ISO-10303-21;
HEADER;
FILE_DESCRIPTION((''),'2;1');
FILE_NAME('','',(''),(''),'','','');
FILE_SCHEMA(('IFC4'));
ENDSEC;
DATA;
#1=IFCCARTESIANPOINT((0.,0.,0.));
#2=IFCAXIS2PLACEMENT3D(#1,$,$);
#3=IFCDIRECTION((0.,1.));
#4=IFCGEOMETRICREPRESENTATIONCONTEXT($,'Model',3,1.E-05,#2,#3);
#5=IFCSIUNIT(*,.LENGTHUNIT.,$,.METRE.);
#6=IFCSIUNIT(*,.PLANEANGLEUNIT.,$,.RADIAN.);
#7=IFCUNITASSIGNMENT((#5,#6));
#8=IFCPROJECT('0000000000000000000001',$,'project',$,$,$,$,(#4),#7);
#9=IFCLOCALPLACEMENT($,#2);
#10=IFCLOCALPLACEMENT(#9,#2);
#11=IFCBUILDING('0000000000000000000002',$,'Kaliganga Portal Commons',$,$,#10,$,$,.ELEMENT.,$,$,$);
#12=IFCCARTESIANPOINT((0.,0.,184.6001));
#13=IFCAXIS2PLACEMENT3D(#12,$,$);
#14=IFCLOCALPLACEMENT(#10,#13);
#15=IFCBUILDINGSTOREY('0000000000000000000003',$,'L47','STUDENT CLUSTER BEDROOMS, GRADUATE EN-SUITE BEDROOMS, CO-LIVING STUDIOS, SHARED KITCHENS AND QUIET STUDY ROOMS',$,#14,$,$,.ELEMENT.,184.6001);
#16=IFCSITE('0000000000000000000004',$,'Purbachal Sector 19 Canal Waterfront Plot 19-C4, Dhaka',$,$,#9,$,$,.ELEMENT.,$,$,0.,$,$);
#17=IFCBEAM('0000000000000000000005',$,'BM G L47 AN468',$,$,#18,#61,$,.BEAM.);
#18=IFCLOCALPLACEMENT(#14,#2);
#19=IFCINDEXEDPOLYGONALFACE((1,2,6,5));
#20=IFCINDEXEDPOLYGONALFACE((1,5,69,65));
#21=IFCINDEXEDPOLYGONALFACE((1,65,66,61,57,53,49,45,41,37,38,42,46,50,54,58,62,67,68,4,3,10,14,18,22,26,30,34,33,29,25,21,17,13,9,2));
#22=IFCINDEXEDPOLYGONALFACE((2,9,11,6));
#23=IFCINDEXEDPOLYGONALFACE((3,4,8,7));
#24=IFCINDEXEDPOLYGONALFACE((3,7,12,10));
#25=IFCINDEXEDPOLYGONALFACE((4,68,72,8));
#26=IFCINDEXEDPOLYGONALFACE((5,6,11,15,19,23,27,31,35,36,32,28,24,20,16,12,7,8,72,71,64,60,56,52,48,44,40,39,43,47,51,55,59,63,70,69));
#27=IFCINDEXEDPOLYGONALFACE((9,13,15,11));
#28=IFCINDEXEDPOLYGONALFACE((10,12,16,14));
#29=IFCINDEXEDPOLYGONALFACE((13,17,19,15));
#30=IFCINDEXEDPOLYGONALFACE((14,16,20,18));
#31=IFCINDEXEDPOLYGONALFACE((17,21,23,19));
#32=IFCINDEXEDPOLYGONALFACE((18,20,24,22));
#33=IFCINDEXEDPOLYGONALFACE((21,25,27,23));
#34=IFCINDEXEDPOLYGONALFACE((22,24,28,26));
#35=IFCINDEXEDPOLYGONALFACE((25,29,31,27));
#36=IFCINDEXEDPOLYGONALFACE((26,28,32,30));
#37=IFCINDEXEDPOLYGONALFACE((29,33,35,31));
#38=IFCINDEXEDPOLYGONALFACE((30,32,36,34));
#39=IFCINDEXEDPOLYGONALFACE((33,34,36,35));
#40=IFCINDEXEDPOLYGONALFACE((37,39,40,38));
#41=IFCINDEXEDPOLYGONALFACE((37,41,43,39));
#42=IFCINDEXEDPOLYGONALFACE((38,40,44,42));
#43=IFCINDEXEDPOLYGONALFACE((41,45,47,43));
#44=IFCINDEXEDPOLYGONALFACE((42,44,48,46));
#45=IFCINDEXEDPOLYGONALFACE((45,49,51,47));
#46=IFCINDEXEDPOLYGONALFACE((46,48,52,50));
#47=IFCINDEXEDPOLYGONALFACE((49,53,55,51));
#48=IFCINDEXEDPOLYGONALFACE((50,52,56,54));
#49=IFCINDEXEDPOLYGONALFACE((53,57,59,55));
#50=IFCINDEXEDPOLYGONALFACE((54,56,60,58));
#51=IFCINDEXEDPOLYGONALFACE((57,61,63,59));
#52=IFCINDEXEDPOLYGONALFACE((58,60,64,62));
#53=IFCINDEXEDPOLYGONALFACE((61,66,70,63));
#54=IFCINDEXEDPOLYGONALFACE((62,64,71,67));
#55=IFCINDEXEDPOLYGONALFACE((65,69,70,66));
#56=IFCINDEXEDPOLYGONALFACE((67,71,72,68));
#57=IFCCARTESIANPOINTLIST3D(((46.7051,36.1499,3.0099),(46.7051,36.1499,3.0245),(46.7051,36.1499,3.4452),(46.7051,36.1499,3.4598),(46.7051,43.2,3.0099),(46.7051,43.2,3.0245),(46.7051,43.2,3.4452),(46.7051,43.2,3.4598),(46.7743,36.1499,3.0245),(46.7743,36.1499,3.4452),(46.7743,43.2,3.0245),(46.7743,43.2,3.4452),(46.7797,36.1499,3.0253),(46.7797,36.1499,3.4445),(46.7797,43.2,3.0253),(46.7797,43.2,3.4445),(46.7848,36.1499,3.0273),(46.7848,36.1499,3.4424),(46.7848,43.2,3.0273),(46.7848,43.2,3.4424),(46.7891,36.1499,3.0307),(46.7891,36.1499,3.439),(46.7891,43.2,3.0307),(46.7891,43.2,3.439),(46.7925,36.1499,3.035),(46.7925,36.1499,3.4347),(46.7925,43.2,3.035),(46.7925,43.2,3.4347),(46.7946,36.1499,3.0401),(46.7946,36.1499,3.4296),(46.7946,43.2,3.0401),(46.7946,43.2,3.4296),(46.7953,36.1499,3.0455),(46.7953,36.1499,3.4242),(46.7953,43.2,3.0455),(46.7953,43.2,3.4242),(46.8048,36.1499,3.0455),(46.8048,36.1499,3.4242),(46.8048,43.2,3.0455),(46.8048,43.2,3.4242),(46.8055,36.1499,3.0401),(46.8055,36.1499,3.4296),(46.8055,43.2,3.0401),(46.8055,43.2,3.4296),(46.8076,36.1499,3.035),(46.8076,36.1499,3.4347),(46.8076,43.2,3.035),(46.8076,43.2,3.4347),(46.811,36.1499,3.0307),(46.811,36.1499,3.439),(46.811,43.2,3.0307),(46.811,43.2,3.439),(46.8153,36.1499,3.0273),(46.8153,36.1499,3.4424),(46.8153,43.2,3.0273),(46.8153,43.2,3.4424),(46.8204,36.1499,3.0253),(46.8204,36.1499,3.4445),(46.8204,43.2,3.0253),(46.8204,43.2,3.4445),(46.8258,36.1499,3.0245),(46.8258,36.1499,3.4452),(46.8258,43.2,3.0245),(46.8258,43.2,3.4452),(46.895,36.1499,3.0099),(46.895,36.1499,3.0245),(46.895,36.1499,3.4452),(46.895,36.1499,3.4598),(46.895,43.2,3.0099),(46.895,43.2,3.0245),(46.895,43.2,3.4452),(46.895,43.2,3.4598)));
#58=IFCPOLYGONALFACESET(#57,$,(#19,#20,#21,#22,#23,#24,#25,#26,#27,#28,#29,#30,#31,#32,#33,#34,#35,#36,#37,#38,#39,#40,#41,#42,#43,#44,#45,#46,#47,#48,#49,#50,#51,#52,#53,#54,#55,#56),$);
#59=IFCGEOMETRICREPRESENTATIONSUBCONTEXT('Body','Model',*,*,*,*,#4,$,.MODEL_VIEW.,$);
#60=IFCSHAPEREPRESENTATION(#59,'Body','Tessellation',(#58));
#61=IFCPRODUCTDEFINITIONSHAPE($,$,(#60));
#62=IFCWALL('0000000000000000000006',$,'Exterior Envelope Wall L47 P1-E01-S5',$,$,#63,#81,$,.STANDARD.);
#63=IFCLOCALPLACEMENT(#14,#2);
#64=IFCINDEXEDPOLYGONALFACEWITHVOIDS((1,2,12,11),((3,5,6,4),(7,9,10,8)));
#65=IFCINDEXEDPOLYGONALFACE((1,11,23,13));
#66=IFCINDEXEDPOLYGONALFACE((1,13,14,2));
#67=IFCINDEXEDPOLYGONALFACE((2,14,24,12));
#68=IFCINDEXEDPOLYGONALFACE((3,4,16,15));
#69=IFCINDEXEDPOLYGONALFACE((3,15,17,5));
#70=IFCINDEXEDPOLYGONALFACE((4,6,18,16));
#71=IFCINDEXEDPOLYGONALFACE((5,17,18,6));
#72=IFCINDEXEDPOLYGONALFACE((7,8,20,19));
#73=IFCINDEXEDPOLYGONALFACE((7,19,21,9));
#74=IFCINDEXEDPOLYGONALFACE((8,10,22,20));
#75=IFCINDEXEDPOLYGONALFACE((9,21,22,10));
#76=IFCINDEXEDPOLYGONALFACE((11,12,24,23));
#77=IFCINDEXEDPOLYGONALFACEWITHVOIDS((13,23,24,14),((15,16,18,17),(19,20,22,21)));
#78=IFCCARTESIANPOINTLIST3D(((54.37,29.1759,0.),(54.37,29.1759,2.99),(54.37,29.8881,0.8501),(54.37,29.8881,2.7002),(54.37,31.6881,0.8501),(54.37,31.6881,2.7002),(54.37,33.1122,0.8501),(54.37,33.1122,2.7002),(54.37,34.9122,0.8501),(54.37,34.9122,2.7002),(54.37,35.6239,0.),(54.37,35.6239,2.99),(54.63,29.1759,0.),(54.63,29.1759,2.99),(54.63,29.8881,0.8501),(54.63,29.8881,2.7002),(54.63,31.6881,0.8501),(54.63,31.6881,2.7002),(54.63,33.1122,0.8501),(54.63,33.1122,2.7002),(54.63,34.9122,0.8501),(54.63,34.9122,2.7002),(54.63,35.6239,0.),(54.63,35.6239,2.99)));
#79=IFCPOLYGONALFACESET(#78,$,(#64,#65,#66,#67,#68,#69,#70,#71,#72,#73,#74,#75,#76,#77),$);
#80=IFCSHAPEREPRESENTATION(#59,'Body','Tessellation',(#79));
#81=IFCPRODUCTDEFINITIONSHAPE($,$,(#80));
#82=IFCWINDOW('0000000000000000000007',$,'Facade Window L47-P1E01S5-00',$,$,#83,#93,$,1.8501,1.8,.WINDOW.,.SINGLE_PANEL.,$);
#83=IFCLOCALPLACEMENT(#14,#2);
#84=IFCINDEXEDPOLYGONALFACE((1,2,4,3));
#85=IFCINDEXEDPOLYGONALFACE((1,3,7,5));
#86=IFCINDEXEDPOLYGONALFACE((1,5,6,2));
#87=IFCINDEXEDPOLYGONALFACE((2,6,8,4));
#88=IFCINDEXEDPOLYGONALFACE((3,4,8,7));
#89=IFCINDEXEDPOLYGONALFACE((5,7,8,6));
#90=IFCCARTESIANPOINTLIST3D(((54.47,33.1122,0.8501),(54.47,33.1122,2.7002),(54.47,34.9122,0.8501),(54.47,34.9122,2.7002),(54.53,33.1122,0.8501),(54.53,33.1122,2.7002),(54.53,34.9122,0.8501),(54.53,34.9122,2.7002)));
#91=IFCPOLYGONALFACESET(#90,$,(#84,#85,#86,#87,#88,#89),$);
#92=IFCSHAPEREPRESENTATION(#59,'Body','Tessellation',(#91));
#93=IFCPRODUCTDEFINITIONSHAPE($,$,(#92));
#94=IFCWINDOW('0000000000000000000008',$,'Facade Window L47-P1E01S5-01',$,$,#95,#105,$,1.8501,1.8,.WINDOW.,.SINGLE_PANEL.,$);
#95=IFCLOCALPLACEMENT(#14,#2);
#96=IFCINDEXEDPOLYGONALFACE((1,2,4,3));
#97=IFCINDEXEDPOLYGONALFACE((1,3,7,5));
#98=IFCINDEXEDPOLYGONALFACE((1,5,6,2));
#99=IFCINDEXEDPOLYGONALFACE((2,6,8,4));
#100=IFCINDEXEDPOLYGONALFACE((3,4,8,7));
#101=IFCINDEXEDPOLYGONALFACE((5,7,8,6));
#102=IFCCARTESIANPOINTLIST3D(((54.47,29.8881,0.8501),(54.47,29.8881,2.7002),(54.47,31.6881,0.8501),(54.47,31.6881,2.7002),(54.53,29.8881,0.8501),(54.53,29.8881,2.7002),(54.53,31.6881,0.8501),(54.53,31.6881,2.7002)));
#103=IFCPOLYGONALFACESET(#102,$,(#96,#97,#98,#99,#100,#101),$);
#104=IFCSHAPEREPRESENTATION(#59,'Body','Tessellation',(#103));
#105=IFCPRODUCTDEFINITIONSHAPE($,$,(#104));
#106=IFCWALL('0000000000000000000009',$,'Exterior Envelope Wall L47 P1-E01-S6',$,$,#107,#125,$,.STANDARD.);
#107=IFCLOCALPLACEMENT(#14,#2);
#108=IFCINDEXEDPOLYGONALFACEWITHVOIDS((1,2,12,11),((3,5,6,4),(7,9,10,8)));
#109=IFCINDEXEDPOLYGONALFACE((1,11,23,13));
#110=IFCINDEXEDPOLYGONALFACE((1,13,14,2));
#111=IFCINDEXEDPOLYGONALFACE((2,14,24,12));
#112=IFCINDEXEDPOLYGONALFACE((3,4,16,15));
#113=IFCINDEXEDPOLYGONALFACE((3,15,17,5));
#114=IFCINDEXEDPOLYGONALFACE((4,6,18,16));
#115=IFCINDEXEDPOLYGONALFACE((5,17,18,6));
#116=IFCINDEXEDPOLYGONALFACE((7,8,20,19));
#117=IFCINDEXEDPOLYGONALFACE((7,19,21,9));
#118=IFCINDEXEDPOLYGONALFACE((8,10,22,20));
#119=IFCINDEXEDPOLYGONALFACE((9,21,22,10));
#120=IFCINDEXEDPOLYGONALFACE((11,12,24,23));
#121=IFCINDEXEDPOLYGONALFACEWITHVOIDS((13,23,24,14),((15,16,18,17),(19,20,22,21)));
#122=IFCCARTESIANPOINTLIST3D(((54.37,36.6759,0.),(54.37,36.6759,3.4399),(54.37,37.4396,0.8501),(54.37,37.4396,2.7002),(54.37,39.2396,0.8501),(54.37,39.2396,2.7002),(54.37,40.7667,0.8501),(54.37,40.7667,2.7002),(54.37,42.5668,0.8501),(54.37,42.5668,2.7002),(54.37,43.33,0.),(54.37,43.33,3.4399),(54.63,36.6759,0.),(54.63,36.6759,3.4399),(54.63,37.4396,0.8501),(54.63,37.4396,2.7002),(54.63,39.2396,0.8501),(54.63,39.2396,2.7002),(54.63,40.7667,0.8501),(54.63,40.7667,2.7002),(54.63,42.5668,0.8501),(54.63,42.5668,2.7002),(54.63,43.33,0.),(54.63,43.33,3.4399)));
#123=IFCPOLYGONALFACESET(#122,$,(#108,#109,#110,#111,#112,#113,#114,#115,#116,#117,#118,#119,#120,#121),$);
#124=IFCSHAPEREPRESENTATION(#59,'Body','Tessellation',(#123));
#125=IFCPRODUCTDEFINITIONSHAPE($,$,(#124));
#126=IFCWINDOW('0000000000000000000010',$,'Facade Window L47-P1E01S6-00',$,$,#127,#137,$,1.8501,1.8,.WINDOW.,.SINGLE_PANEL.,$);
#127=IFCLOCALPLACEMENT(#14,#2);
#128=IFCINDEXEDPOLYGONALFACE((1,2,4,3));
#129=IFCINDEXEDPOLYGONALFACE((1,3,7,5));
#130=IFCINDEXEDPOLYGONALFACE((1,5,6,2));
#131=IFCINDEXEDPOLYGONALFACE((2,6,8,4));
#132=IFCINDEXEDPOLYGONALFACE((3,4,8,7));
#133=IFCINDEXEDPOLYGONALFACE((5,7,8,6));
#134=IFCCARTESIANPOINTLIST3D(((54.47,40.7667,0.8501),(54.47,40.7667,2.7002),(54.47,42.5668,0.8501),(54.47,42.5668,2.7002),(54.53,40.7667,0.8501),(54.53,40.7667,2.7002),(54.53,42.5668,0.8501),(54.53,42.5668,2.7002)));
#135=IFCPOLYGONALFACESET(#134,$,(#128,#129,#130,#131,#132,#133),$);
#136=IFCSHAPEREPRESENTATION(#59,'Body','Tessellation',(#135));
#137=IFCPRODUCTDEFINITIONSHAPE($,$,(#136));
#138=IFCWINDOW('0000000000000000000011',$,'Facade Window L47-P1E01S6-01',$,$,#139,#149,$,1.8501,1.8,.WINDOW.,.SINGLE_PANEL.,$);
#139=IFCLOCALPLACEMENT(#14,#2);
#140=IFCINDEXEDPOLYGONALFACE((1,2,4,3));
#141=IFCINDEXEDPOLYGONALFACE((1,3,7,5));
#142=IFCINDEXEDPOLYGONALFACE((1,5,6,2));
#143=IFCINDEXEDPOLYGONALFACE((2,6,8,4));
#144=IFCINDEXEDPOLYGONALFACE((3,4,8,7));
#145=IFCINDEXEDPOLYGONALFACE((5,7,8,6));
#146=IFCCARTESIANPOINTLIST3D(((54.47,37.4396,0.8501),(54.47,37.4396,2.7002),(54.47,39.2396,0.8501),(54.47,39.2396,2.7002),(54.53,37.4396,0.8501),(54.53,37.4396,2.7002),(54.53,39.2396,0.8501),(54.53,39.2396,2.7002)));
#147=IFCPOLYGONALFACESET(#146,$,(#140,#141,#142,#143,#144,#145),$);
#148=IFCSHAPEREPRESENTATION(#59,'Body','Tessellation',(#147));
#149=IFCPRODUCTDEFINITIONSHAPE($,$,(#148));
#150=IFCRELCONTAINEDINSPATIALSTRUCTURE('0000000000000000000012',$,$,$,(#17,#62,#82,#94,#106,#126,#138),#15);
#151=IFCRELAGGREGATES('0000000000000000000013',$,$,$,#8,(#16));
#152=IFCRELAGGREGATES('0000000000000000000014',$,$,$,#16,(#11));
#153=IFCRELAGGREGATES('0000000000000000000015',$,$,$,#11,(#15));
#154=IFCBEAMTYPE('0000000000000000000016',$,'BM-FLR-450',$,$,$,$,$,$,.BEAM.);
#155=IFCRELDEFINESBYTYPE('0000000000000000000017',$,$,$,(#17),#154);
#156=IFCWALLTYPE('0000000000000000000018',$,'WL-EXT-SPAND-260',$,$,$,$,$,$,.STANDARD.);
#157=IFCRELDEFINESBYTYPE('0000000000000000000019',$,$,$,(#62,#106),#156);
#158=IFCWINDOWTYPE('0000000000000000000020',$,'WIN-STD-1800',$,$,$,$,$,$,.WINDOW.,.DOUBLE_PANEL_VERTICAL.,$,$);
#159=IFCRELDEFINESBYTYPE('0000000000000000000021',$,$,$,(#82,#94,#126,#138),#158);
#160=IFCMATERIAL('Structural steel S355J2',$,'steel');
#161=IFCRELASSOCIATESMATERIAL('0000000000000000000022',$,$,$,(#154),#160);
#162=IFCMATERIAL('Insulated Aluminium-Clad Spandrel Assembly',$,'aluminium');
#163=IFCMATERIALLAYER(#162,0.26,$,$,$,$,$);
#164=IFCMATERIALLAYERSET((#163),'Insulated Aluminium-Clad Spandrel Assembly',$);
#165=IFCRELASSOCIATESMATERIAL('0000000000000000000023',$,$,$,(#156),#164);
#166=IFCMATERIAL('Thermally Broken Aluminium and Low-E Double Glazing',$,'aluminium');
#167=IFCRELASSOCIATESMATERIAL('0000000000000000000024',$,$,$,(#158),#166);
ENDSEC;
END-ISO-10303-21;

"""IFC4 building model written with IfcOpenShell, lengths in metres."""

from ifc_helpers import new_model, si_unit, direction, frame, frame_2d, origin, origin_2d, place, context, subcontext, project, spatial, rectangle, i_section, extrude, source, transform, mapped, material, layer, layer_set, material_profile, profile_set, type_object, element, fill, save


model = new_model("IFC4")

# Units and contexts
model_context = context("Model", 3, precision=1e-05, world=origin(), true_north=direction((0.0, 1.0)))
body_context = subcontext(model_context, "Body", "Model", "MODEL_VIEW")
ifc_project = project(units=[si_unit("LENGTHUNIT", "METRE"), si_unit("PLANEANGLEUNIT", "RADIAN")], contexts=[model_context])

# Site, building, storey
site_placement = place(None, origin())
site = spatial("IfcSite", under=ifc_project, at=site_placement, Name="Purbachal Sector 19 Canal Waterfront Plot 19-C4, Dhaka", CompositionType="ELEMENT", RefElevation=0.0)
building_placement = place(site_placement, origin())
building = spatial("IfcBuilding", under=site, at=building_placement, Name="Kaliganga Portal Commons", CompositionType="ELEMENT")
storey_placement = place(building_placement, frame((0.0, 0.0, 184.6001)))
storey = spatial("IfcBuildingStorey", under=building, at=storey_placement, Name="L47", Description="STUDENT CLUSTER BEDROOMS, GRADUATE EN-SUITE BEDROOMS, CO-LIVING STUDIOS, SHARED KITCHENS AND QUIET STUDY ROOMS", CompositionType="ELEMENT", Elevation=184.6001)

# Beam
ifc_material_1 = material(Name="Structural steel S355J2", Category="steel")
ifc_material_profile_1 = material_profile(ifc_material_1, i_section(OverallWidth=0.1899, OverallDepth=0.45, WebThickness=0.0095, FlangeThickness=0.0146, FilletRadius=0.021, at=origin_2d()), Name="IPE 450")
ifc_profile_set_1 = profile_set([ifc_material_profile_1], Name="Structural steel S355J2 wide-flange")
beam_type_1 = type_object("IfcBeamType", Name="BM-FLR-450", PredefinedType="BEAM", material=ifc_profile_set_1)
shared_shape_1 = source(origin(), body_context, "Body", "SweptSolid", [
    extrude(i_section(OverallWidth=0.1899, OverallDepth=0.45, WebThickness=0.0095, FlangeThickness=0.0146, FilletRadius=0.021, at=origin_2d()), origin(), (0.0, 0.0, 1.0), 7.05),
])
beam_1_placement = place(storey_placement, frame((46.8, 36.1499, 3.2349), z_axis=(0.0, 1.0, 0.0), x_axis=(-1.0, 0.0, 0.0)))
element("IfcBeam", 1, at=beam_1_placement, inside=storey, type_object=beam_type_1, Name="BM G L47 AN468", PredefinedType="BEAM", context=body_context, shape_type="MappedRepresentation", body=[
    mapped(shared_shape_1, transform((0.0, 0.0, 0.0), x_axis=(1.0, 0.0, 0.0), y_axis=(0.0, 1.0, 0.0), z_axis=(0.0, 0.0, 1.0), scale=1.0)),
])

# Walls, openings, windows
ifc_material_2 = material(Name="Insulated Aluminium-Clad Spandrel Assembly", Category="aluminium")
ifc_layer_1 = layer(ifc_material_2, 0.26)
ifc_layer_set_1 = layer_set([ifc_layer_1], Name="Insulated Aluminium-Clad Spandrel Assembly")
wall_type_1 = type_object("IfcWallType", Name="WL-EXT-SPAND-260", PredefinedType="STANDARD", material=ifc_layer_set_1)
wall_1_placement = place(storey_placement, frame((54.5, 35.624, 0.0), z_axis=(0.0, 0.0, 1.0), x_axis=(0.0, -1.0, 0.0)))
wall_1 = element("IfcWall", 2, at=wall_1_placement, inside=storey, type_object=wall_type_1, Name="Exterior Envelope Wall L47 P1-E01-S5", PredefinedType="STANDARD", context=body_context, shape_type="SweptSolid", body=[
    extrude(rectangle(XDim=6.448, YDim=0.26, at=frame_2d((3.2241, 0.0))), origin(), (0.0, 0.0, 1.0), 2.99),
])
opening_1_placement = place(wall_1_placement, frame((0.7119, 0.0, 0.8501)))
opening_1 = element("IfcOpeningElement", 3, at=opening_1_placement, cuts=wall_1, PredefinedType="OPENING", context=body_context, shape_type="SweptSolid", body=[
    extrude(rectangle(XDim=1.8, YDim=1.8501, at=frame_2d((0.8999, 0.925))), frame((0.0, 0.1401, 0.0), z_axis=(0.0, -1.0, 0.0), x_axis=(1.0, 0.0, 0.0)), (0.0, 0.0, 1.0), 0.28),
])
opening_2_placement = place(wall_1_placement, frame((3.936, 0.0, 0.8501)))
opening_2 = element("IfcOpeningElement", 4, at=opening_2_placement, cuts=wall_1, PredefinedType="OPENING", context=body_context, shape_type="SweptSolid", body=[
    extrude(rectangle(XDim=1.8, YDim=1.8501, at=frame_2d((0.8999, 0.925))), frame((0.0, 0.1401, 0.0), z_axis=(0.0, -1.0, 0.0), x_axis=(1.0, 0.0, 0.0)), (0.0, 0.0, 1.0), 0.28),
])
ifc_material_3 = material(Name="Thermally Broken Aluminium and Low-E Double Glazing", Category="aluminium")
window_type = type_object("IfcWindowType", Name="WIN-STD-1800", PartitioningType="DOUBLE_PANEL_VERTICAL", PredefinedType="WINDOW", material=ifc_material_3)
window_1_placement = place(opening_1_placement, origin())
window_1 = element("IfcWindow", 5, at=window_1_placement, inside=storey, type_object=window_type, Name="Facade Window L47-P1E01S5-00", OverallHeight=1.8501, OverallWidth=1.8, PartitioningType="SINGLE_PANEL", PredefinedType="WINDOW", context=body_context, shape_type="SweptSolid", body=[
    extrude(rectangle(XDim=1.8, YDim=1.8501, at=frame_2d((0.8999, 0.925))), frame((0.0, 0.03, 0.0), z_axis=(0.0, -1.0, 0.0), x_axis=(1.0, 0.0, 0.0)), (0.0, 0.0, 1.0), 0.0601),
])
fill(opening_1, window_1)
window_2_placement = place(opening_2_placement, origin())
window_2 = element("IfcWindow", 6, at=window_2_placement, inside=storey, type_object=window_type, Name="Facade Window L47-P1E01S5-01", OverallHeight=1.8501, OverallWidth=1.8, PartitioningType="SINGLE_PANEL", PredefinedType="WINDOW", context=body_context, shape_type="SweptSolid", body=[
    extrude(rectangle(XDim=1.8, YDim=1.8501, at=frame_2d((0.8999, 0.925))), frame((0.0, 0.03, 0.0), z_axis=(0.0, -1.0, 0.0), x_axis=(1.0, 0.0, 0.0)), (0.0, 0.0, 1.0), 0.0601),
])
fill(opening_2, window_2)
wall_2_placement = place(storey_placement, frame((54.5, 43.3301, 0.0), z_axis=(0.0, 0.0, 1.0), x_axis=(0.0, -1.0, 0.0)))
wall_2 = element("IfcWall", 7, at=wall_2_placement, inside=storey, type_object=wall_type_1, Name="Exterior Envelope Wall L47 P1-E01-S6", PredefinedType="STANDARD", context=body_context, shape_type="SweptSolid", body=[
    extrude(rectangle(XDim=6.6541, YDim=0.26, at=frame_2d((3.3271, 0.0))), origin(), (0.0, 0.0, 1.0), 3.4399),
])
opening_3_placement = place(wall_2_placement, frame((0.7634, 0.0, 0.8501)))
opening_3 = element("IfcOpeningElement", 8, at=opening_3_placement, cuts=wall_2, PredefinedType="OPENING", context=body_context, shape_type="SweptSolid", body=[
    extrude(rectangle(XDim=1.8, YDim=1.8501, at=frame_2d((0.8999, 0.925))), frame((0.0, 0.1401, 0.0), z_axis=(0.0, -1.0, 0.0), x_axis=(1.0, 0.0, 0.0)), (0.0, 0.0, 1.0), 0.28),
])
opening_4_placement = place(wall_2_placement, frame((4.0906, 0.0, 0.8501)))
opening_4 = element("IfcOpeningElement", 9, at=opening_4_placement, cuts=wall_2, PredefinedType="OPENING", context=body_context, shape_type="SweptSolid", body=[
    extrude(rectangle(XDim=1.8, YDim=1.8501, at=frame_2d((0.8999, 0.925))), frame((0.0, 0.1401, 0.0), z_axis=(0.0, -1.0, 0.0), x_axis=(1.0, 0.0, 0.0)), (0.0, 0.0, 1.0), 0.28),
])
window_3_placement = place(opening_3_placement, origin())
window_3 = element("IfcWindow", 10, at=window_3_placement, inside=storey, type_object=window_type, Name="Facade Window L47-P1E01S6-00", OverallHeight=1.8501, OverallWidth=1.8, PartitioningType="SINGLE_PANEL", PredefinedType="WINDOW", context=body_context, shape_type="SweptSolid", body=[
    extrude(rectangle(XDim=1.8, YDim=1.8501, at=frame_2d((0.8999, 0.925))), frame((0.0, 0.03, 0.0), z_axis=(0.0, -1.0, 0.0), x_axis=(1.0, 0.0, 0.0)), (0.0, 0.0, 1.0), 0.0601),
])
fill(opening_3, window_3)
window_4_placement = place(opening_4_placement, origin())
window_4 = element("IfcWindow", 11, at=window_4_placement, inside=storey, type_object=window_type, Name="Facade Window L47-P1E01S6-01", OverallHeight=1.8501, OverallWidth=1.8, PartitioningType="SINGLE_PANEL", PredefinedType="WINDOW", context=body_context, shape_type="SweptSolid", body=[
    extrude(rectangle(XDim=1.8, YDim=1.8501, at=frame_2d((0.8999, 0.925))), frame((0.0, 0.03, 0.0), z_axis=(0.0, -1.0, 0.0), x_axis=(1.0, 0.0, 0.0)), (0.0, 0.0, 1.0), 0.0601),
])
fill(opening_4, window_4)

save(model, "model.ifc")
